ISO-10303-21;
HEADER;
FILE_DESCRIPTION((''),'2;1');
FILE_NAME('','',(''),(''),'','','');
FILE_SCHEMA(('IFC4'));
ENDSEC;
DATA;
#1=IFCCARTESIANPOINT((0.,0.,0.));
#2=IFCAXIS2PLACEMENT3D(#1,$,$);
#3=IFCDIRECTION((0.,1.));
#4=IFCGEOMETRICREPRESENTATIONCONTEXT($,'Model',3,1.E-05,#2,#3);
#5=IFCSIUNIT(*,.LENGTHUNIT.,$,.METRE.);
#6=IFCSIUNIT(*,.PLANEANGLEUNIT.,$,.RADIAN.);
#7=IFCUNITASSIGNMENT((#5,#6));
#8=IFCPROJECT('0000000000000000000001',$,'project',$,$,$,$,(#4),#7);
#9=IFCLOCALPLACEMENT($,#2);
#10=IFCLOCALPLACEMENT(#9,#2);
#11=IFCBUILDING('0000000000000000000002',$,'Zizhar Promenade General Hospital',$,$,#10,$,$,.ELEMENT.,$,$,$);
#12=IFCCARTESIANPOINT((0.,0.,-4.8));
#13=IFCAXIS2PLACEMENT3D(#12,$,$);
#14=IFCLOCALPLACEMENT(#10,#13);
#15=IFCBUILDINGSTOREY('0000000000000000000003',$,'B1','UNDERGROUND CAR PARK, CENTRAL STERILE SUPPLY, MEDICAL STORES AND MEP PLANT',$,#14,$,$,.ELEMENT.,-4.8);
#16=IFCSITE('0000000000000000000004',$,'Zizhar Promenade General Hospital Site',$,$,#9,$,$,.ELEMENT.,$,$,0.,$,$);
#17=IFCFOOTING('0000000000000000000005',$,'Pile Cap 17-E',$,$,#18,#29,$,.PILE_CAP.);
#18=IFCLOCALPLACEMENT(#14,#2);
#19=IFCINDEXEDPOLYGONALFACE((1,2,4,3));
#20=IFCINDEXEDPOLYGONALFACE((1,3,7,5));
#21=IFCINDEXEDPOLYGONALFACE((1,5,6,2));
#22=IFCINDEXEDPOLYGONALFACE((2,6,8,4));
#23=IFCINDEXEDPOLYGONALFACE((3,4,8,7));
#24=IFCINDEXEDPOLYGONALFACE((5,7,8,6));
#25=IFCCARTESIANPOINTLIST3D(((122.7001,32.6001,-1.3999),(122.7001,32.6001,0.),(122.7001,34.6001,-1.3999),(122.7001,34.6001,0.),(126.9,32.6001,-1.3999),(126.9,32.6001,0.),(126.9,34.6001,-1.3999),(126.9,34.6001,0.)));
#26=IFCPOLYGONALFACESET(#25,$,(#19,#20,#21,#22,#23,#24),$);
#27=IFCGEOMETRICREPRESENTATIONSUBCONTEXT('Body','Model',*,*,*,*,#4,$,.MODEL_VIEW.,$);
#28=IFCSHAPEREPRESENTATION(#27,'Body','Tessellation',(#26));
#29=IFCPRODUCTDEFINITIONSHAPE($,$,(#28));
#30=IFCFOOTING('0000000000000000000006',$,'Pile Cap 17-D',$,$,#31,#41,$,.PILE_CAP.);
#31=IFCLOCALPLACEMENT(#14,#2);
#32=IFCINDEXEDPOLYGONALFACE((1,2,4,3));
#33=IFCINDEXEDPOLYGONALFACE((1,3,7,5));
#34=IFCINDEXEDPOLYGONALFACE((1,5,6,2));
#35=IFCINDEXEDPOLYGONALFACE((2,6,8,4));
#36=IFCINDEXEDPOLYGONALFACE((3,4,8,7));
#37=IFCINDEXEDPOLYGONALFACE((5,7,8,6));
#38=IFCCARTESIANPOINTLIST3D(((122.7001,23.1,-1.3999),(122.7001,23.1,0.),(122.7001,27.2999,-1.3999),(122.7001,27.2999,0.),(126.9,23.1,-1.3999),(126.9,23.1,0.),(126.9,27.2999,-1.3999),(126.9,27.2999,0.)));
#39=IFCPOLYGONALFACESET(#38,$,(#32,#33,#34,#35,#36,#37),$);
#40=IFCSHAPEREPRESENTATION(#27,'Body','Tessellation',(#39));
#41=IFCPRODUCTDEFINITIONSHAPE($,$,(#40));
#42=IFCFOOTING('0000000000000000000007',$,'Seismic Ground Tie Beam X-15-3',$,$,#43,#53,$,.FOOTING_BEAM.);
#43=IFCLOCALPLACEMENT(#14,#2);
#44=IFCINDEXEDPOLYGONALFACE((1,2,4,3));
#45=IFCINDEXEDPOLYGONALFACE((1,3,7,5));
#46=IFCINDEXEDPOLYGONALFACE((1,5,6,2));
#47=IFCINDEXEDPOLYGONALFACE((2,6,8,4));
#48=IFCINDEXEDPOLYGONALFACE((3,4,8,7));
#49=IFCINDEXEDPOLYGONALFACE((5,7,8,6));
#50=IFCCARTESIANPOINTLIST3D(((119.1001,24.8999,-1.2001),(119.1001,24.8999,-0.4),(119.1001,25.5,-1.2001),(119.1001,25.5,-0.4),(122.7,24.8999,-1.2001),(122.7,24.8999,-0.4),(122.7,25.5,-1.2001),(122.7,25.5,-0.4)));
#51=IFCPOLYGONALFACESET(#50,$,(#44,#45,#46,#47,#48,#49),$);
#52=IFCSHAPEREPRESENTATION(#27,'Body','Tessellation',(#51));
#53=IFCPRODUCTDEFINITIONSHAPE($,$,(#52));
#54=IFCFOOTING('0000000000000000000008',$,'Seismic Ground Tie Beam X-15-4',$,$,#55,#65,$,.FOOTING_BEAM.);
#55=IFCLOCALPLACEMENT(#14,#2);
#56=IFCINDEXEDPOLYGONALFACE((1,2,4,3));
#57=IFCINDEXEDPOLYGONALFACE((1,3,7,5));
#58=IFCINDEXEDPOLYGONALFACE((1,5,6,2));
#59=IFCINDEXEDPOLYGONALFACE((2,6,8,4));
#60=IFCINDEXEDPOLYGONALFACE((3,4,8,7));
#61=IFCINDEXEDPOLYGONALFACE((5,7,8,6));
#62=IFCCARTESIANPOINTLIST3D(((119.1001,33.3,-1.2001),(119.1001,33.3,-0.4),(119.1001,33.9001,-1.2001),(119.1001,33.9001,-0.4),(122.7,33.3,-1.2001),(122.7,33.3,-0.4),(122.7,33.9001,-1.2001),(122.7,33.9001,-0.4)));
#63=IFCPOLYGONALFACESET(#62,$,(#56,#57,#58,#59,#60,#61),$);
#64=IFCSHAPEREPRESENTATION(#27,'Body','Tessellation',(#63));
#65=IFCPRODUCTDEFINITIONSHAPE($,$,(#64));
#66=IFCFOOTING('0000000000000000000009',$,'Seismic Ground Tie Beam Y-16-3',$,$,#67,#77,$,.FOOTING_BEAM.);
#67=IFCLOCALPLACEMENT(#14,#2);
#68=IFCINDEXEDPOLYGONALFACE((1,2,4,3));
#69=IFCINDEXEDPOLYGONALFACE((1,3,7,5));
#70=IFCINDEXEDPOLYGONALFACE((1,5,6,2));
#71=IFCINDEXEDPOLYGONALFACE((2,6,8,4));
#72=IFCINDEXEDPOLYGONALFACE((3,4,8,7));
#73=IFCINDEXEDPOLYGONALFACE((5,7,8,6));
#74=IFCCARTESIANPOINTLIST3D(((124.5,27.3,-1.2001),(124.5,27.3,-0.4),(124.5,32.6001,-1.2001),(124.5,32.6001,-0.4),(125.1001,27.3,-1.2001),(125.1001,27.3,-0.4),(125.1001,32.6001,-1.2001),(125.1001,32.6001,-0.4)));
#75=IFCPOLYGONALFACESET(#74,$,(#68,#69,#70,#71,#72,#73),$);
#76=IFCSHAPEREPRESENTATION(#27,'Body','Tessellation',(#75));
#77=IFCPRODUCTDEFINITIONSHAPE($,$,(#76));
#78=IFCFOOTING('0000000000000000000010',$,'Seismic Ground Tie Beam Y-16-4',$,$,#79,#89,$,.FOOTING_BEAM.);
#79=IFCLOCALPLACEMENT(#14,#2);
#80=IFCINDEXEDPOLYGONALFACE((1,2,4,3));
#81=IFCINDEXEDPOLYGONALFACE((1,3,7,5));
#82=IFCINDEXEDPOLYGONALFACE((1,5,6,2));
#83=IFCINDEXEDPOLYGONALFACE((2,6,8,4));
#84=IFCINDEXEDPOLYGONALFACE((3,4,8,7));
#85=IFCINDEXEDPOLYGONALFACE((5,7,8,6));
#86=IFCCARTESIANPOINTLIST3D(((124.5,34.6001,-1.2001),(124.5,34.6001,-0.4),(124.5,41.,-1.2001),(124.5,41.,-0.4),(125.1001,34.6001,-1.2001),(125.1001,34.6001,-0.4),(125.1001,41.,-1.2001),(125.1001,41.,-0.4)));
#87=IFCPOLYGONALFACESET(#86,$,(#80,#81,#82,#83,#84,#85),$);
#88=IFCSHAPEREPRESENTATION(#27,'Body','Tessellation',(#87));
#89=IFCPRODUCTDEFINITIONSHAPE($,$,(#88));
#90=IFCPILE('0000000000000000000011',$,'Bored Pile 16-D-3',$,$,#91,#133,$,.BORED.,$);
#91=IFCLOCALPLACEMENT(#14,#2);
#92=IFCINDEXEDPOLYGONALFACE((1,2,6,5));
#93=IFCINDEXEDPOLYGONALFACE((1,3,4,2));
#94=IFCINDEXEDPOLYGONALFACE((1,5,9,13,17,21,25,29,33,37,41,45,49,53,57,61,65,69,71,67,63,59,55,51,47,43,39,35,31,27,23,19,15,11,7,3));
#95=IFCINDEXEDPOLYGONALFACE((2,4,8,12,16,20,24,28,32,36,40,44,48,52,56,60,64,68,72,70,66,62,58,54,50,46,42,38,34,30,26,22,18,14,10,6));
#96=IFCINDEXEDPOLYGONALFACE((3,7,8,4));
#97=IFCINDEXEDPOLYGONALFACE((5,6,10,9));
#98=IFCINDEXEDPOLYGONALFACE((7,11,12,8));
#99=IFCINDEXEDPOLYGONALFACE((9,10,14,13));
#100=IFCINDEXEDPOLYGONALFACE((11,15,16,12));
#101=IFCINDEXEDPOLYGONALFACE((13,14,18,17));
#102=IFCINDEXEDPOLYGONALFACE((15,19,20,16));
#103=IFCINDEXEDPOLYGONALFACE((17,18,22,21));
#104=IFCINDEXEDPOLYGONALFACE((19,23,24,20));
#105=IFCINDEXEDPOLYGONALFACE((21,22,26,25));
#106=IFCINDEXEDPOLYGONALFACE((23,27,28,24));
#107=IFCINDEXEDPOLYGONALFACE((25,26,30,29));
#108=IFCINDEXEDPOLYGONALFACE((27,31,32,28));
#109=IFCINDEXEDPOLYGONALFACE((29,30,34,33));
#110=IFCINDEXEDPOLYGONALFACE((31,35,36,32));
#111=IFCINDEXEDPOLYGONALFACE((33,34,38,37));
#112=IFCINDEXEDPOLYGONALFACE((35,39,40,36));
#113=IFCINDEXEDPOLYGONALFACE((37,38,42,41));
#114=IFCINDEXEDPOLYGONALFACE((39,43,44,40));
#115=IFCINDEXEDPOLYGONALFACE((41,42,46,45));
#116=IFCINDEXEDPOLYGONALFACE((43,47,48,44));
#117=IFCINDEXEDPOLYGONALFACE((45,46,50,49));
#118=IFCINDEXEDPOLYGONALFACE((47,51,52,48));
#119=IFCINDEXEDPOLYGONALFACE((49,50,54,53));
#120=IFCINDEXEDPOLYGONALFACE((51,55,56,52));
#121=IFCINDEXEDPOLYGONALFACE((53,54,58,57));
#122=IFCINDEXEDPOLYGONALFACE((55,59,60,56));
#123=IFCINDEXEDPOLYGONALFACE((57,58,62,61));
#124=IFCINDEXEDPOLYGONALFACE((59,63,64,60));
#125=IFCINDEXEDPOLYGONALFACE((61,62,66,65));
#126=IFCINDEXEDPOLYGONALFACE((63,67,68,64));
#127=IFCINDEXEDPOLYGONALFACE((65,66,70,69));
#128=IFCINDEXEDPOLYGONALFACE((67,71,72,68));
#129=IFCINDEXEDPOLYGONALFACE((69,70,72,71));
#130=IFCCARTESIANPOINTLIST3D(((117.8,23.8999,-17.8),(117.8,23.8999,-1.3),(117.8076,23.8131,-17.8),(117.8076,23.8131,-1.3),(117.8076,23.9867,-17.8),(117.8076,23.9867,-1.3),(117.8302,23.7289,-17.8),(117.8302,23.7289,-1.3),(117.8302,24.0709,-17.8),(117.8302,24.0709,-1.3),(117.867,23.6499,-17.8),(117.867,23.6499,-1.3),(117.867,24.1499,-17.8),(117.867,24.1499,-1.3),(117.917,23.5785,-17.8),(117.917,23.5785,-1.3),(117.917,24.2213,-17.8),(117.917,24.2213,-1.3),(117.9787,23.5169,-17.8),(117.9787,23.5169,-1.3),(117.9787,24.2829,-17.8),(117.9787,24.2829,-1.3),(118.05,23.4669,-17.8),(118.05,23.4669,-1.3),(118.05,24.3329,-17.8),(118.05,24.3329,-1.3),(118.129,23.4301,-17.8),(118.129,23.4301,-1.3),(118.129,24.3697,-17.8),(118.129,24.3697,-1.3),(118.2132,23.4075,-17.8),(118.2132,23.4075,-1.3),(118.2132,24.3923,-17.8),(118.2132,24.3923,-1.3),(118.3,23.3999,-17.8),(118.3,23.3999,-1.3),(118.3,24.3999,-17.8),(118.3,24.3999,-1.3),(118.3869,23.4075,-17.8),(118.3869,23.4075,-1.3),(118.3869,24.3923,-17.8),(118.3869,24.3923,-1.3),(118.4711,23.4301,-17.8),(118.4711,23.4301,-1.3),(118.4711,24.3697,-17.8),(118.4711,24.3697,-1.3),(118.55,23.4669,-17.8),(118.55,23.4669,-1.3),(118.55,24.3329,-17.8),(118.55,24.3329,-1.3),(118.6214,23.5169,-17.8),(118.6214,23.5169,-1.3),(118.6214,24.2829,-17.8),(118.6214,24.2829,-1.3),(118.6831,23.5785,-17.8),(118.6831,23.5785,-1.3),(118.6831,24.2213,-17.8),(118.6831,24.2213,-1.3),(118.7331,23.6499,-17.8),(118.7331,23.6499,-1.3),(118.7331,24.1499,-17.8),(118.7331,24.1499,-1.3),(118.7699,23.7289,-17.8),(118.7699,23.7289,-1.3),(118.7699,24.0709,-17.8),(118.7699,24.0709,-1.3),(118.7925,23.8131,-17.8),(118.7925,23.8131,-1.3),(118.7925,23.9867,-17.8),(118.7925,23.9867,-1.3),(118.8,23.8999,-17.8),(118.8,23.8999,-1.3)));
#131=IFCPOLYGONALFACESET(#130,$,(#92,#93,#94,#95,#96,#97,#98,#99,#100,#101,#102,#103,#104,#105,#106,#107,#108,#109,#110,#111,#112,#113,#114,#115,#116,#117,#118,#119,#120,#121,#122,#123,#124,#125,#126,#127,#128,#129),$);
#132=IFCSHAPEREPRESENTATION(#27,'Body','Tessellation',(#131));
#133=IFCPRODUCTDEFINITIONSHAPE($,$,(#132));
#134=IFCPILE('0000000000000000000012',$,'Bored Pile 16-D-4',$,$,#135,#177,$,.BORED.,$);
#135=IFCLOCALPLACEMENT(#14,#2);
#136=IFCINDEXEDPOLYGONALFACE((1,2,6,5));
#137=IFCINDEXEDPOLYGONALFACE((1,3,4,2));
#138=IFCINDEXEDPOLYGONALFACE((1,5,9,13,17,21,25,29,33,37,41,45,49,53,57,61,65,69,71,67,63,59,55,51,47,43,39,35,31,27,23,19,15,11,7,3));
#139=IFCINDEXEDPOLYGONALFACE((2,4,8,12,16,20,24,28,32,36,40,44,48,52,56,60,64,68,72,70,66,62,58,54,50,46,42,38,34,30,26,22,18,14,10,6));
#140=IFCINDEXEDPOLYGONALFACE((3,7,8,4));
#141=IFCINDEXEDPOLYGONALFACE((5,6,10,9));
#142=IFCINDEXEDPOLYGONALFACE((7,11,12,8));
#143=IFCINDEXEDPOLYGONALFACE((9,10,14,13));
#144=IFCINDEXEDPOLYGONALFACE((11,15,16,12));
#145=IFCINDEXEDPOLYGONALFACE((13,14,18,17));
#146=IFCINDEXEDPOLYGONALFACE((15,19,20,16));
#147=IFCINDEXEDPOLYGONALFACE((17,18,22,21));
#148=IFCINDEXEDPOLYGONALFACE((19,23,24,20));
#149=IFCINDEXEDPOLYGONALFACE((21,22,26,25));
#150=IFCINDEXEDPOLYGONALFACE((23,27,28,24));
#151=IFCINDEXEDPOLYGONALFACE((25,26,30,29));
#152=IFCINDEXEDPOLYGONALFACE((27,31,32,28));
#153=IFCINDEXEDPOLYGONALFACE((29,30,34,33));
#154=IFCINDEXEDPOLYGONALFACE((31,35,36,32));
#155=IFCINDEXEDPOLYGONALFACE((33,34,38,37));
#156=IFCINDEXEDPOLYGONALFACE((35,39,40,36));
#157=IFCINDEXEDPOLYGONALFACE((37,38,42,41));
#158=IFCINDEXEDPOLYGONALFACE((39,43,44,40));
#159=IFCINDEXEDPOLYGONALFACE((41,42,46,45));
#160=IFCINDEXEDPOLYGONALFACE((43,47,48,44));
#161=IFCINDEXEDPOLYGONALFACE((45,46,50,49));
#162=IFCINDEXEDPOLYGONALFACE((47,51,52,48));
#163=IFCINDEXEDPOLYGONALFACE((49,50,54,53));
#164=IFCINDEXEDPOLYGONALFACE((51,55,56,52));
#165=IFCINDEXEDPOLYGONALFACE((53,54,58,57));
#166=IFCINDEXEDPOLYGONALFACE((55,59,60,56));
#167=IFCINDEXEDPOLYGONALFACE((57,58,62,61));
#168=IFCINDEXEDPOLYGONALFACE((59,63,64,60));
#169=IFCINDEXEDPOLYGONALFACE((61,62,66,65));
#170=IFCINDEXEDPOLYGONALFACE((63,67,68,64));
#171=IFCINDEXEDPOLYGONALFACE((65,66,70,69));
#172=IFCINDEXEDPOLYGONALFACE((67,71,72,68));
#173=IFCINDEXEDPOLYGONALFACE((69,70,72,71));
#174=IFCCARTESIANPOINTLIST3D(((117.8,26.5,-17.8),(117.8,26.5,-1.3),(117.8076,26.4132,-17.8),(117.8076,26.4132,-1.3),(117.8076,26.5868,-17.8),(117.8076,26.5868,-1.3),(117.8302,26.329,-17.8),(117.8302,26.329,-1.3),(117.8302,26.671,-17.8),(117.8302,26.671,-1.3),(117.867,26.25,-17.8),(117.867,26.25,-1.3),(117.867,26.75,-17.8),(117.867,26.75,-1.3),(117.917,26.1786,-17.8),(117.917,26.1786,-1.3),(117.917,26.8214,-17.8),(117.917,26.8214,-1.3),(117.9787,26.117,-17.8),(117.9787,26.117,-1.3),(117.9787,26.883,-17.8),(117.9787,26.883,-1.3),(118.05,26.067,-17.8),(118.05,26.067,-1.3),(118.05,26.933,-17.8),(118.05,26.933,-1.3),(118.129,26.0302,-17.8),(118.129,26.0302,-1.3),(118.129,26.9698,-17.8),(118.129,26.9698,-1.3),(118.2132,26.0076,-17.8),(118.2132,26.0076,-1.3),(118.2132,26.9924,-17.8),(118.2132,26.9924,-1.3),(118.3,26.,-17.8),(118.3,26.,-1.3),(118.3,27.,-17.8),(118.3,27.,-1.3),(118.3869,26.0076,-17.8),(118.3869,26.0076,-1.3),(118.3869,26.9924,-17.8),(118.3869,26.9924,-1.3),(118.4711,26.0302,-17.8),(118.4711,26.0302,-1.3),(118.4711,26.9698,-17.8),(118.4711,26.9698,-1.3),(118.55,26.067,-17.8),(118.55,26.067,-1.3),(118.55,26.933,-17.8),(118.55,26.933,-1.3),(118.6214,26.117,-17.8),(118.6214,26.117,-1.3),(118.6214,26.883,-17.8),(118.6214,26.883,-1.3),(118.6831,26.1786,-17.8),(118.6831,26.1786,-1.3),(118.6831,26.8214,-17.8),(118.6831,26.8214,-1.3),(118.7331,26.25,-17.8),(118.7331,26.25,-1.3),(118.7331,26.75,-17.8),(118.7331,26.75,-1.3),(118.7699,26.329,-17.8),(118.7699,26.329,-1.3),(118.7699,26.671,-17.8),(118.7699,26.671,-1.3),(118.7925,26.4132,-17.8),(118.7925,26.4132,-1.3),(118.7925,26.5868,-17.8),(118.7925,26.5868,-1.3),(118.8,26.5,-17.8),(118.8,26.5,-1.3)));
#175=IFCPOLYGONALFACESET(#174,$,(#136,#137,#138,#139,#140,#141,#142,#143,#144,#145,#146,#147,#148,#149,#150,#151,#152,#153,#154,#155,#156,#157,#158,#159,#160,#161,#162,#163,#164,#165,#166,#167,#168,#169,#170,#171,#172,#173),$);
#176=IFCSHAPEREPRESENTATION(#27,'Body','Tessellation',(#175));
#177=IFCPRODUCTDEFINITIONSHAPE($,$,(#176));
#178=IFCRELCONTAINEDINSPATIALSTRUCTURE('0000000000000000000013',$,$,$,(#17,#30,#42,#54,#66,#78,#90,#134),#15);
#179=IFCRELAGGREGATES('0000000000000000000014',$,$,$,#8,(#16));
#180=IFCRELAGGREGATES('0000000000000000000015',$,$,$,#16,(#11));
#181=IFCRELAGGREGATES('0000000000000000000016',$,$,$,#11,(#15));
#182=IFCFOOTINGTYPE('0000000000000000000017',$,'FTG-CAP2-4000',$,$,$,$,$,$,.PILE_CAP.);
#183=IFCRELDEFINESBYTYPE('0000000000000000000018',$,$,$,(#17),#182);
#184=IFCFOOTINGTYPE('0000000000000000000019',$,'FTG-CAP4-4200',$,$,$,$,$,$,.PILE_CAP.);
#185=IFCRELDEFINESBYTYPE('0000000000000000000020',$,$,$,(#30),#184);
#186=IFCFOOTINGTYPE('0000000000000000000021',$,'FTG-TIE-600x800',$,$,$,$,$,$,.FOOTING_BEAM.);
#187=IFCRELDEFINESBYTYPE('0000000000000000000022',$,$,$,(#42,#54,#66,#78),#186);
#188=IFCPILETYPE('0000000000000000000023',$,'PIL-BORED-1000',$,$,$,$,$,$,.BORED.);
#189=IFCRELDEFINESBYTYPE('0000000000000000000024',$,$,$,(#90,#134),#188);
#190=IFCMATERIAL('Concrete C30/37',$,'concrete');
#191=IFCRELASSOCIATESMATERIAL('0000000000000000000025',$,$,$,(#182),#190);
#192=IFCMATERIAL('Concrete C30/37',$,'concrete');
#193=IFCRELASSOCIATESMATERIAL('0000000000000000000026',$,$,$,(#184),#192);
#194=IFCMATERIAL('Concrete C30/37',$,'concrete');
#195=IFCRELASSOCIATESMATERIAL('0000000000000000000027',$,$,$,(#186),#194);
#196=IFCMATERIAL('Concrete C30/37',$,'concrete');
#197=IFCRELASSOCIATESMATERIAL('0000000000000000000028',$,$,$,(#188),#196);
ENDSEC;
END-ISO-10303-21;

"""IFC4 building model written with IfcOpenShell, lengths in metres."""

from ifc_helpers import new_model, si_unit, direction, frame, origin, origin_2d, place, context, subcontext, project, spatial, rectangle, circle, extrude, material, material_profile, profile_set, type_object, element, save


model = new_model("IFC4")

# Units and contexts
model_context = context("Model", 3, precision=1e-05, world=origin(), true_north=direction((0.0, 1.0)))
body_context = subcontext(model_context, "Body", "Model", "MODEL_VIEW")
ifc_project = project(units=[si_unit("LENGTHUNIT", "METRE"), si_unit("PLANEANGLEUNIT", "RADIAN")], contexts=[model_context])

# Site, building, storey
site_placement = place(None, origin())
site = spatial("IfcSite", under=ifc_project, at=site_placement, Name="Zizhar Promenade General Hospital Site", CompositionType="ELEMENT", RefElevation=0.0)
building_placement = place(site_placement, origin())
building = spatial("IfcBuilding", under=site, at=building_placement, Name="Zizhar Promenade General Hospital", CompositionType="ELEMENT")
storey_placement = place(building_placement, frame((0.0, 0.0, -4.8)))
storey = spatial("IfcBuildingStorey", under=building, at=storey_placement, Name="B1", Description="UNDERGROUND CAR PARK, CENTRAL STERILE SUPPLY, MEDICAL STORES AND MEP PLANT", CompositionType="ELEMENT", Elevation=-4.8)

# Footings
ifc_material_1 = material(Name="Concrete C30/37", Category="concrete")
footing_type_1 = type_object("IfcFootingType", Name="FTG-CAP2-4000", PredefinedType="PILE_CAP", material=ifc_material_1)
footing_1_placement = place(storey_placement, frame((124.8, 33.6001, -1.3999), z_axis=(0.0, 0.0, 1.0), x_axis=(1.0, 0.0, 0.0)))
element("IfcFooting", 1, at=footing_1_placement, inside=storey, type_object=footing_type_1, Name="Pile Cap 17-E", PredefinedType="PILE_CAP", context=body_context, shape_type="SweptSolid", body=[
    extrude(rectangle(XDim=4.2, YDim=2.0, at=origin_2d()), origin(), (0.0, 0.0, 1.0), 1.3999),
])
ifc_material_2 = material(Name="Concrete C30/37", Category="concrete")
footing_type_2 = type_object("IfcFootingType", Name="FTG-CAP4-4200", PredefinedType="PILE_CAP", material=ifc_material_2)
footing_2_placement = place(storey_placement, frame((124.8, 25.2, -1.3999), z_axis=(0.0, 0.0, 1.0), x_axis=(1.0, 0.0, 0.0)))
element("IfcFooting", 2, at=footing_2_placement, inside=storey, type_object=footing_type_2, Name="Pile Cap 17-D", PredefinedType="PILE_CAP", context=body_context, shape_type="SweptSolid", body=[
    extrude(rectangle(XDim=4.2, YDim=4.2, at=origin_2d()), origin(), (0.0, 0.0, 1.0), 1.3999),
])
ifc_material_3 = material(Name="Concrete C30/37", Category="concrete")
ifc_material_profile_1 = material_profile(ifc_material_3, rectangle(XDim=0.6001, YDim=0.8, at=origin_2d()))
ifc_profile_set_1 = profile_set([ifc_material_profile_1], Name="Concrete C30/37")
footing_type_3 = type_object("IfcFootingType", Name="FTG-TIE-600x800", PredefinedType="FOOTING_BEAM", material=ifc_profile_set_1)
for number, where, z_axis, x_axis, name in (
    (3, (119.1001, 25.2, -0.8), (1.0, 0.0, 0.0), (0.0, 1.0, 0.0), "Seismic Ground Tie Beam X-15-3"),
    (4, (119.1001, 33.6001, -0.8), (1.0, 0.0, 0.0), (0.0, 1.0, 0.0), "Seismic Ground Tie Beam X-15-4"),
):
    element("IfcFooting", number, at=place(storey_placement, frame(where, z_axis=z_axis, x_axis=x_axis)), inside=storey, type_object=footing_type_3, Name=name, PredefinedType="FOOTING_BEAM", context=body_context, shape_type="SweptSolid", body=[
        extrude(rectangle(XDim=0.6001, YDim=0.8, at=origin_2d()), origin(), (0.0, 0.0, 1.0), 3.5999),
    ])
footing_3_placement = place(storey_placement, frame((124.8, 27.3, -0.8), z_axis=(0.0, 1.0, 0.0), x_axis=(-1.0, 0.0, 0.0)))
element("IfcFooting", 5, at=footing_3_placement, inside=storey, type_object=footing_type_3, Name="Seismic Ground Tie Beam Y-16-3", PredefinedType="FOOTING_BEAM", context=body_context, shape_type="SweptSolid", body=[
    extrude(rectangle(XDim=0.6001, YDim=0.8, at=origin_2d()), origin(), (0.0, 0.0, 1.0), 5.3),
])
footing_4_placement = place(storey_placement, frame((124.8, 34.6001, -0.8), z_axis=(0.0, 1.0, 0.0), x_axis=(-1.0, 0.0, 0.0)))
element("IfcFooting", 6, at=footing_4_placement, inside=storey, type_object=footing_type_3, Name="Seismic Ground Tie Beam Y-16-4", PredefinedType="FOOTING_BEAM", context=body_context, shape_type="SweptSolid", body=[
    extrude(rectangle(XDim=0.6001, YDim=0.8, at=origin_2d()), origin(), (0.0, 0.0, 1.0), 6.3999),
])

# Piles
ifc_material_4 = material(Name="Concrete C30/37", Category="concrete")
ifc_material_profile_2 = material_profile(ifc_material_4, circle(Radius=0.5, at=origin_2d()))
ifc_profile_set_2 = profile_set([ifc_material_profile_2], Name="Concrete C30/37")
pile_type = type_object("IfcPileType", Name="PIL-BORED-1000", PredefinedType="BORED", material=ifc_profile_set_2)
for number, where, z_axis, x_axis, name in (
    (7, (118.3, 23.8999, -1.3), (0.0, 0.0, -1.0), (1.0, 0.0, 0.0), "Bored Pile 16-D-3"),
    (8, (118.3, 26.5, -1.3), (0.0, 0.0, -1.0), (1.0, 0.0, 0.0), "Bored Pile 16-D-4"),
):
    element("IfcPile", number, at=place(storey_placement, frame(where, z_axis=z_axis, x_axis=x_axis)), inside=storey, type_object=pile_type, Name=name, PredefinedType="BORED", context=body_context, shape_type="SweptSolid", body=[
        extrude(circle(Radius=0.5, at=origin_2d()), origin(), (0.0, 0.0, 1.0), 16.5),
    ])

save(model, "model.ifc")
